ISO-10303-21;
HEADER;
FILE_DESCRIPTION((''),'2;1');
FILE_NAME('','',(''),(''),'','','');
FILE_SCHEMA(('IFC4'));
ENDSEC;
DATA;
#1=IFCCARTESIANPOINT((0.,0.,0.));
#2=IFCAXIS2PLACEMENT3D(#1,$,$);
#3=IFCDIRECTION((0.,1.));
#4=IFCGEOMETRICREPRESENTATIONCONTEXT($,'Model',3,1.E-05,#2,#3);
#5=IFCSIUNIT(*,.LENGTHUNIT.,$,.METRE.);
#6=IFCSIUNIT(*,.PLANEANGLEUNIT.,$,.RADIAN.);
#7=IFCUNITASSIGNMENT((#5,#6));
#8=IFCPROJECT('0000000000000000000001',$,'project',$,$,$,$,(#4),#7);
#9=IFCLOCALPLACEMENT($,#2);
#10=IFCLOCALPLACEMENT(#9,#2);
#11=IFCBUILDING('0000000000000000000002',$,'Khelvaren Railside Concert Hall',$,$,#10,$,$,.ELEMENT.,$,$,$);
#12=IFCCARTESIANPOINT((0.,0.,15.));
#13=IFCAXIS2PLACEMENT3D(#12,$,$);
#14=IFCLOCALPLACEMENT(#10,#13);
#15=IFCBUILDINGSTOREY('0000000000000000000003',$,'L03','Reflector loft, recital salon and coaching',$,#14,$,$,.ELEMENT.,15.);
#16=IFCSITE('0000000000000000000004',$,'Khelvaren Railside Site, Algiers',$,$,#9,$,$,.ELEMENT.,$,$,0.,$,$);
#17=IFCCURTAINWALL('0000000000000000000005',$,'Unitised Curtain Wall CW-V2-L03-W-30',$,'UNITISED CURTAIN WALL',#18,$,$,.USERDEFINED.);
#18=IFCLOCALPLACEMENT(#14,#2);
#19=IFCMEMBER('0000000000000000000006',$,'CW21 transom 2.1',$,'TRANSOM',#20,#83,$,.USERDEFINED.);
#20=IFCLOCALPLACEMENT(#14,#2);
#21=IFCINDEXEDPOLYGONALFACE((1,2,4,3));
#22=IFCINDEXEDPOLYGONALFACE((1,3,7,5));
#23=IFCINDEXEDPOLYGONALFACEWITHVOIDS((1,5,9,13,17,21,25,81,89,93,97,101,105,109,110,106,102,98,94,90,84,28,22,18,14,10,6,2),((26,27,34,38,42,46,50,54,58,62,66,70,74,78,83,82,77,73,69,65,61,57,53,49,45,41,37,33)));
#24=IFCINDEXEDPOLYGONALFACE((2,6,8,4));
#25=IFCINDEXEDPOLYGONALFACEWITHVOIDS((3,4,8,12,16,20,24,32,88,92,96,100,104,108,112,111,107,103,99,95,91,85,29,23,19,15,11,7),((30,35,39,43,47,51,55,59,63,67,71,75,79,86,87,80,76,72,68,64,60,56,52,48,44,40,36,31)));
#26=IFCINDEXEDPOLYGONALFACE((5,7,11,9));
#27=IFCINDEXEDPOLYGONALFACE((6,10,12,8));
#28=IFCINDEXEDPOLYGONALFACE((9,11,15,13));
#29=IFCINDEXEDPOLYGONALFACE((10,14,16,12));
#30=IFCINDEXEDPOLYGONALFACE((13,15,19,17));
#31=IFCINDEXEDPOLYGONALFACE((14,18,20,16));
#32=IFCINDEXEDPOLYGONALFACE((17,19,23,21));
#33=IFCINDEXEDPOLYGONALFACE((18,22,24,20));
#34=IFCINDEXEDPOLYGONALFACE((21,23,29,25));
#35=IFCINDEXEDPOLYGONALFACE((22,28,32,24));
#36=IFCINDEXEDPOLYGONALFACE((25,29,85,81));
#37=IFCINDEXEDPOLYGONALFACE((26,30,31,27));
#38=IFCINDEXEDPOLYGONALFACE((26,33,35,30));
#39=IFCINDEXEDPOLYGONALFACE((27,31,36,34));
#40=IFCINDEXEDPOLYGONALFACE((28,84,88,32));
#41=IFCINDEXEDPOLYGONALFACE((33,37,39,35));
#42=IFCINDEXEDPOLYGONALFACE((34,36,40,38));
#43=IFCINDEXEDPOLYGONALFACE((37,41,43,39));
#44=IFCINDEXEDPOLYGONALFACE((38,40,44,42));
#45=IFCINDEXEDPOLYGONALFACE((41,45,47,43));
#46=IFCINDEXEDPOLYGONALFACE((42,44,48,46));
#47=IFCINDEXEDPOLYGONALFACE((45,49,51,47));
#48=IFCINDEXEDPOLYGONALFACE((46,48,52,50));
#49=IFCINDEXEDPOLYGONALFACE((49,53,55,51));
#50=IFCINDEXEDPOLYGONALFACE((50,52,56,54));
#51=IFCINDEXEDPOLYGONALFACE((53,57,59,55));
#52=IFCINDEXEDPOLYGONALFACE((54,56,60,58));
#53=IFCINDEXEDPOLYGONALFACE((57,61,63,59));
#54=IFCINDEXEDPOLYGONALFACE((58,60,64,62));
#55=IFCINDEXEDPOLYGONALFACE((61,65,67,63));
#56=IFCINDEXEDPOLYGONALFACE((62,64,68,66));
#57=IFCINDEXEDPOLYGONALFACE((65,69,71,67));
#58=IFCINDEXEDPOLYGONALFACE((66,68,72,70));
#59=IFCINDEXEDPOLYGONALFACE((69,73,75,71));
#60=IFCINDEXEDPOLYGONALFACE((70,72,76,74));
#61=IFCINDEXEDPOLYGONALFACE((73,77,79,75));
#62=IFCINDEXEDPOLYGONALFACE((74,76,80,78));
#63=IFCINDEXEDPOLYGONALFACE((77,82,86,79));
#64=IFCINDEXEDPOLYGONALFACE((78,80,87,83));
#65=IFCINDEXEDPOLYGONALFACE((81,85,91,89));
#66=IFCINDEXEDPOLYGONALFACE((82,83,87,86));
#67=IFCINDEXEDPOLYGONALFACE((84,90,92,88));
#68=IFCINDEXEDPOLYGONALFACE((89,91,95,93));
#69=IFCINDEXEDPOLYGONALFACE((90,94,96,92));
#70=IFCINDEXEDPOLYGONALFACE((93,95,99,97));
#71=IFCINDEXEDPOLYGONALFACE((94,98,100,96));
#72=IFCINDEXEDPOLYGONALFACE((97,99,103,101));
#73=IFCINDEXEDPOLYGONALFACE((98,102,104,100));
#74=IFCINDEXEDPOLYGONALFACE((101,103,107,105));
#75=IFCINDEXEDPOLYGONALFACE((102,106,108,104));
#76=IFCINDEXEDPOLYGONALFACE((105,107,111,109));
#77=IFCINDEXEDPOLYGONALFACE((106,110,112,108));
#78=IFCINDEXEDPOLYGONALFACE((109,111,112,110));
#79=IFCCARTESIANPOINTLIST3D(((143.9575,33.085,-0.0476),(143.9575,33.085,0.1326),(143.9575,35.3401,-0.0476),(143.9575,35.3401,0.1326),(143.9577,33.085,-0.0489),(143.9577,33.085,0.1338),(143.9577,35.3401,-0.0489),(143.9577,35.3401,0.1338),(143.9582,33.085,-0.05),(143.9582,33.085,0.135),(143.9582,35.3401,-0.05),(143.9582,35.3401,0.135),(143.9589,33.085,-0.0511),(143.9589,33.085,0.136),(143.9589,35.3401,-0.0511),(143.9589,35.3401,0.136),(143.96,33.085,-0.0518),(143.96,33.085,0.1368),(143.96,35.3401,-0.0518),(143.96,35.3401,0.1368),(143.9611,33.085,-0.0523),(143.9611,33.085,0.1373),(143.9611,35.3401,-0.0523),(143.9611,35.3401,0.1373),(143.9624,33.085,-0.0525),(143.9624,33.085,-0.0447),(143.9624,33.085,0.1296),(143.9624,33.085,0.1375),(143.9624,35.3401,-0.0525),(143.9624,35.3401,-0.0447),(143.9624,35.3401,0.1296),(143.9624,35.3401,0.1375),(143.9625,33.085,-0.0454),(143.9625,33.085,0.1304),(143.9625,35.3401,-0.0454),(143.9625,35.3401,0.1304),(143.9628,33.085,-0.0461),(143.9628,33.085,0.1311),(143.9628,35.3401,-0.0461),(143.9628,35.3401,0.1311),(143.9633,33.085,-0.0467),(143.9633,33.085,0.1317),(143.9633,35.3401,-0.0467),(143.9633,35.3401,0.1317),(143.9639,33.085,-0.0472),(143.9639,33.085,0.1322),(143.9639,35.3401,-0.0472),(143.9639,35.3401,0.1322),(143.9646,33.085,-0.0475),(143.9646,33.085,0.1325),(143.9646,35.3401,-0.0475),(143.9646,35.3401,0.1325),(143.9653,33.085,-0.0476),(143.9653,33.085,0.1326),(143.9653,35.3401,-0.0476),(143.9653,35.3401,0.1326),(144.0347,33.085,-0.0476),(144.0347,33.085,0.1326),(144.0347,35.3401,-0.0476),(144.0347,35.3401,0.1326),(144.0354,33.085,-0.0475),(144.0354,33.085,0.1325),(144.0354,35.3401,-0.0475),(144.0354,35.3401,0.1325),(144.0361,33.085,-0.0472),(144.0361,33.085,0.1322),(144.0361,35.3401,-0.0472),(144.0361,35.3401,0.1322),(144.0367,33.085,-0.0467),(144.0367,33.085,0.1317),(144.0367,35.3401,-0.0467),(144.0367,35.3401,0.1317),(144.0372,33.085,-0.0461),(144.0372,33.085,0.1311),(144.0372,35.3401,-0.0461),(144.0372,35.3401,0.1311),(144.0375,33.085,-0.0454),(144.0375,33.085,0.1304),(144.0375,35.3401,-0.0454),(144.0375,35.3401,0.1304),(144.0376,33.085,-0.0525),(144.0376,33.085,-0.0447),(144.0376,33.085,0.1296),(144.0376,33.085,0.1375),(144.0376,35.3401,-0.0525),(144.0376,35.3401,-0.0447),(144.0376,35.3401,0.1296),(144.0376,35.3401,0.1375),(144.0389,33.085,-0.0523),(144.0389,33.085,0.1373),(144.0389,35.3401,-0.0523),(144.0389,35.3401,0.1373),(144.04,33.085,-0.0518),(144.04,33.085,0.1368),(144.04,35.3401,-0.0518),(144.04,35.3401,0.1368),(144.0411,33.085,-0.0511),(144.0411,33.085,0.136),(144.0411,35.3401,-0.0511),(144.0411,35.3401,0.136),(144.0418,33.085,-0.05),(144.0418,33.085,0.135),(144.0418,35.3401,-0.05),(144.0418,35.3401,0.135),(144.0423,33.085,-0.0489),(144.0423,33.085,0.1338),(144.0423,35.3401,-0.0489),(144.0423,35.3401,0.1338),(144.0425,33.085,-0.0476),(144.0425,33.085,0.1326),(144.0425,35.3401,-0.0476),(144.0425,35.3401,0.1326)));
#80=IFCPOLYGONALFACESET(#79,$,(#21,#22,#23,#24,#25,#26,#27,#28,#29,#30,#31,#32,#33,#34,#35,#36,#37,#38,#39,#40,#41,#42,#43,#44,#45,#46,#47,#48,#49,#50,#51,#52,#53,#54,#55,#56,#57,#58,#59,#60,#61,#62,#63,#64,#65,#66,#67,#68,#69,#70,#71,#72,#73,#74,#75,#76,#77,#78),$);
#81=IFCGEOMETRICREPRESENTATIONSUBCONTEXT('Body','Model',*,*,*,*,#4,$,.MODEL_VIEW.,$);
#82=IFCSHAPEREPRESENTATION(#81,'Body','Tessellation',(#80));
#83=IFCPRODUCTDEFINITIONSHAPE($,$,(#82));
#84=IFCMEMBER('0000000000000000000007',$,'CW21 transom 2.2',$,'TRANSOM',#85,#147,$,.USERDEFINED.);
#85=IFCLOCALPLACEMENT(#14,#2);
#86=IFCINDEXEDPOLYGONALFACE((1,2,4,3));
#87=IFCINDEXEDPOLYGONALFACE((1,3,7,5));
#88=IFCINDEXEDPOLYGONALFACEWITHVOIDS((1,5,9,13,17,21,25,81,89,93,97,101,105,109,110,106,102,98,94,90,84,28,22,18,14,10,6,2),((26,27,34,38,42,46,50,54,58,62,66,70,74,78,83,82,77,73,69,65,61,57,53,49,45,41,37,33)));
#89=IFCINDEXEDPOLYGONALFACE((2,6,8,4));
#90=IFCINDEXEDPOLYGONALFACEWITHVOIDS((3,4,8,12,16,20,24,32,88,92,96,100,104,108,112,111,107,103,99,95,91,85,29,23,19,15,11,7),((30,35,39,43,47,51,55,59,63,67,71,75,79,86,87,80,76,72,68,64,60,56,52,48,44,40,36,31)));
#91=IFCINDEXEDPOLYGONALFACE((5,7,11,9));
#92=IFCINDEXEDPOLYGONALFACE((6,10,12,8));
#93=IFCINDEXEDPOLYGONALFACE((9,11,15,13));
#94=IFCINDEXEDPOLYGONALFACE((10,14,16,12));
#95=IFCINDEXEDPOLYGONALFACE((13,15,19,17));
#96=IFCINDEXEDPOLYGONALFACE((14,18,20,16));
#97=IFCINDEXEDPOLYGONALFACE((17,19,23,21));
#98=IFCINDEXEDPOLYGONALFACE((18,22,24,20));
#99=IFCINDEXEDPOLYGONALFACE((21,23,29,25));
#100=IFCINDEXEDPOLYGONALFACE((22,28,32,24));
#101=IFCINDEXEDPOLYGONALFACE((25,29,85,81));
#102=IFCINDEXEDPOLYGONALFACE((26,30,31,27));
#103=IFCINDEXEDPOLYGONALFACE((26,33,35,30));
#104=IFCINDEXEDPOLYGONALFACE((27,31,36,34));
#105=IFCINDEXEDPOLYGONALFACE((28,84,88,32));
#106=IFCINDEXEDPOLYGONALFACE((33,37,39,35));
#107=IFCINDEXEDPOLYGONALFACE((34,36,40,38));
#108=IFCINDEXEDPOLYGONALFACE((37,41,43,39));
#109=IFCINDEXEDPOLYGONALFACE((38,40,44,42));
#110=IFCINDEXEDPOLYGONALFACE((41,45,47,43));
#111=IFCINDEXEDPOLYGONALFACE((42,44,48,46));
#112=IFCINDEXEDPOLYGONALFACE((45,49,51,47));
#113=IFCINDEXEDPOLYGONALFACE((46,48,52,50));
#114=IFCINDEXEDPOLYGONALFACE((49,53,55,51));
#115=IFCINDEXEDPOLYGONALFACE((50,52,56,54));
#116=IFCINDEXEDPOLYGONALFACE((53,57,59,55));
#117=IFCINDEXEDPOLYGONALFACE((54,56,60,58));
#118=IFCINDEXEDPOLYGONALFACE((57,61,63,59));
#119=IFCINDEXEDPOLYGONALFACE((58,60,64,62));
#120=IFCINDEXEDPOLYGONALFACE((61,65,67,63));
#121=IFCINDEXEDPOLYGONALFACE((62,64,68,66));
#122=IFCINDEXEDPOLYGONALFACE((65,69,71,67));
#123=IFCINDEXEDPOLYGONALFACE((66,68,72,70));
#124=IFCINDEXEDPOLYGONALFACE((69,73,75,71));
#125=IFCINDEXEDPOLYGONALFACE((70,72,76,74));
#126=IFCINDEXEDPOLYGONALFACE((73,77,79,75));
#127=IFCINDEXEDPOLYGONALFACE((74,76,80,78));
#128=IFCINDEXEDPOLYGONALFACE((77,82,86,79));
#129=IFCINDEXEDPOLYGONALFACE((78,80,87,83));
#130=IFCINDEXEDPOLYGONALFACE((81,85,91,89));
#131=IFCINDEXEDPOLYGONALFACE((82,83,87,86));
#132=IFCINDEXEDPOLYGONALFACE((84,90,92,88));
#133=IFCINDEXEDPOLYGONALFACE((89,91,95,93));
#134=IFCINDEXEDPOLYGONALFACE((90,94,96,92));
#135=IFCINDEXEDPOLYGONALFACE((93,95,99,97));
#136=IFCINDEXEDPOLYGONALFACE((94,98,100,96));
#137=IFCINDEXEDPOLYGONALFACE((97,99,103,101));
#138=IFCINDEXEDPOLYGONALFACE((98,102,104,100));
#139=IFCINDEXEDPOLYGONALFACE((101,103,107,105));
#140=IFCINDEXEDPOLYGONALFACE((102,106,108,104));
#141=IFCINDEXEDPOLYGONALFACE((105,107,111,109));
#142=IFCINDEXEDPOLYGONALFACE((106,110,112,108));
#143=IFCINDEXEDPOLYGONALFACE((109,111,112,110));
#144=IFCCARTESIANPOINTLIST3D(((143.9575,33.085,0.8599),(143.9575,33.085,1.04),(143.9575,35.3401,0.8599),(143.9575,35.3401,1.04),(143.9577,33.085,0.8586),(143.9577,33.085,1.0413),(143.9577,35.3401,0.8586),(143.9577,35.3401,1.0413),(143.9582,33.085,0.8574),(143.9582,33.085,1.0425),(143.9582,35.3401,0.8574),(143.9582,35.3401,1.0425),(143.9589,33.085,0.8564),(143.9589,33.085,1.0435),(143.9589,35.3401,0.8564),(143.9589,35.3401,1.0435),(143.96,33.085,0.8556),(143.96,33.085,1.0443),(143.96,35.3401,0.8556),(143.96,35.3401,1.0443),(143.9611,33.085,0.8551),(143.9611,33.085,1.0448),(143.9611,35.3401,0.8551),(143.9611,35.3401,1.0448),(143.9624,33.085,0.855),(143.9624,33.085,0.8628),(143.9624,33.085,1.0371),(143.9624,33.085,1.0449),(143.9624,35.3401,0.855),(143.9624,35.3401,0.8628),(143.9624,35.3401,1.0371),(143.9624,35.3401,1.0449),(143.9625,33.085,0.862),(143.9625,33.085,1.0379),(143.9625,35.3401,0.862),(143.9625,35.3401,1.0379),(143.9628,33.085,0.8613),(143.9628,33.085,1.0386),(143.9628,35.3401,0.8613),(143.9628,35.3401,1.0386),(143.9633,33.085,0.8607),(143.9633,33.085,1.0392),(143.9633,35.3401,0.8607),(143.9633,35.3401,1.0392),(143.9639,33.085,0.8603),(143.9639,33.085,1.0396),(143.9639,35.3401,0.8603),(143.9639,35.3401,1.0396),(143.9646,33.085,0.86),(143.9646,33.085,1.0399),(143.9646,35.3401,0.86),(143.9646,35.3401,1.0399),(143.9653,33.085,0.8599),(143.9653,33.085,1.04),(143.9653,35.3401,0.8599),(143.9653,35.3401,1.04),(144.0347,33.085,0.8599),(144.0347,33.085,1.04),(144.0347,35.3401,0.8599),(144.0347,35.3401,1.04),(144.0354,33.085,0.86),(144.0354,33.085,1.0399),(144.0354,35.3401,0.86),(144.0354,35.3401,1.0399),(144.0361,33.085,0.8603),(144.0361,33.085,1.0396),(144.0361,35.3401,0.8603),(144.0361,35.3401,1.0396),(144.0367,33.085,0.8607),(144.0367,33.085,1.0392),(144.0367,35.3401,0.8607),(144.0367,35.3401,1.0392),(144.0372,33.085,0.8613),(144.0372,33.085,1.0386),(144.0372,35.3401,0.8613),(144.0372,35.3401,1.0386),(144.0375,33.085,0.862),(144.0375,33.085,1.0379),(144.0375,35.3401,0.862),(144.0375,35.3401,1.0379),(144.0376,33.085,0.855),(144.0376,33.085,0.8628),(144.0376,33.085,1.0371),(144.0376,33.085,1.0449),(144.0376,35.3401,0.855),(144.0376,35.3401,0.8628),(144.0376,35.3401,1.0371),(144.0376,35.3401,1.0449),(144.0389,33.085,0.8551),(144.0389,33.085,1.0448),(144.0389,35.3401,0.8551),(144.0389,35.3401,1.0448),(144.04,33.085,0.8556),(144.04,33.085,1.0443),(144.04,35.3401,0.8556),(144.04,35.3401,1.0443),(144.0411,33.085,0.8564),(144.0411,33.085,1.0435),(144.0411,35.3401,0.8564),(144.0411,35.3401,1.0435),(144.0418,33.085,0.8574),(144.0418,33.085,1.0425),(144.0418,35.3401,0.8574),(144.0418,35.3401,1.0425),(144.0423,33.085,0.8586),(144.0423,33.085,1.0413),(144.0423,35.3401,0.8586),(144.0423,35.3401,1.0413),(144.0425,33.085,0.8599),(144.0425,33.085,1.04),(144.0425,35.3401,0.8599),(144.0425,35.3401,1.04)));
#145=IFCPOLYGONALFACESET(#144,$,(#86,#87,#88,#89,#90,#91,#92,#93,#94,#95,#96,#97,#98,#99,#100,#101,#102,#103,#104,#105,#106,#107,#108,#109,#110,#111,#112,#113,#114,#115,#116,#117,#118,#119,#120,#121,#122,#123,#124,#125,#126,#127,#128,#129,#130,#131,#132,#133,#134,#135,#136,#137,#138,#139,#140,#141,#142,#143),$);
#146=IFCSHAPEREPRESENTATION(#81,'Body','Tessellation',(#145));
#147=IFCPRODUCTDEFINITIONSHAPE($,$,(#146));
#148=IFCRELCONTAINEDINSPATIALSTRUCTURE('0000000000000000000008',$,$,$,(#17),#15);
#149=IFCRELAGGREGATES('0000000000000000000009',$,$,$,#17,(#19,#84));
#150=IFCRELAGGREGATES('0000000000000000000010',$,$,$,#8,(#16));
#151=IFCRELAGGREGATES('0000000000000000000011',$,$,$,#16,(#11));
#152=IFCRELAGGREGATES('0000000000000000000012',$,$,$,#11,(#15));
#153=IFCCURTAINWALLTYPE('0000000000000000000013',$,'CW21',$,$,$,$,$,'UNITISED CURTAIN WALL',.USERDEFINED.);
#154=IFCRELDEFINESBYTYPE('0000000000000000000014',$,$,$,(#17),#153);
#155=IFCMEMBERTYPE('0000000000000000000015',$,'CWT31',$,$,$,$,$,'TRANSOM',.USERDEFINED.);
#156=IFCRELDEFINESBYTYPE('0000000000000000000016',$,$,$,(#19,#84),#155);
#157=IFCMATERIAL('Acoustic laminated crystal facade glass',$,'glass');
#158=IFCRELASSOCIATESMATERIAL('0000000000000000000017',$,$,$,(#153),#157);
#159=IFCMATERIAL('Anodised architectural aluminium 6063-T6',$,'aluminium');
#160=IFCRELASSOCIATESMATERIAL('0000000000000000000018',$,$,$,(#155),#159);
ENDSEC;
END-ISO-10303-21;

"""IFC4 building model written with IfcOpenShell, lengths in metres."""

from ifc_helpers import new_model, si_unit, direction, frame, origin, origin_2d, place, context, subcontext, project, spatial, hollow_rectangle, extrude, material, material_profile, profile_set, type_object, element, aggregate, save


model = new_model("IFC4")

# Units and contexts
model_context = context("Model", 3, precision=1e-05, world=origin(), true_north=direction((0.0, 1.0)))
body_context = subcontext(model_context, "Body", "Model", "MODEL_VIEW")
ifc_project = project(units=[si_unit("LENGTHUNIT", "METRE"), si_unit("PLANEANGLEUNIT", "RADIAN")], contexts=[model_context])

# Site, building, storey
site_placement = place(None, origin())
site = spatial("IfcSite", under=ifc_project, at=site_placement, Name="Khelvaren Railside Site, Algiers", CompositionType="ELEMENT", RefElevation=0.0)
building_placement = place(site_placement, origin())
building = spatial("IfcBuilding", under=site, at=building_placement, Name="Khelvaren Railside Concert Hall", CompositionType="ELEMENT")
storey_placement = place(building_placement, frame((0.0, 0.0, 15.0)))
storey = spatial("IfcBuildingStorey", under=building, at=storey_placement, Name="L03", Description="Reflector loft, recital salon and coaching", CompositionType="ELEMENT", Elevation=15.0)

# Shared definitions
ifc_material_1 = material(Name="Anodised architectural aluminium 6063-T6", Category="aluminium")

# Curtain wall, members
ifc_material_2 = material(Name="Acoustic laminated crystal facade glass", Category="glass")
curtain_wall_type_1 = type_object("IfcCurtainWallType", Name="CW21", ElementType="UNITISED CURTAIN WALL", PredefinedType="USERDEFINED", material=ifc_material_2)
curtain_wall_1_placement = place(storey_placement, origin())
curtain_wall_1 = element("IfcCurtainWall", 1, at=curtain_wall_1_placement, inside=storey, type_object=curtain_wall_type_1, Name="Unitised Curtain Wall CW-V2-L03-W-30", ObjectType="UNITISED CURTAIN WALL", PredefinedType="USERDEFINED")
ifc_material_profile_1 = material_profile(ifc_material_1, hollow_rectangle(XDim=0.085, YDim=0.1899, WallThickness=0.0049, InnerFilletRadius=0.0029, OuterFilletRadius=0.0049, at=origin_2d()), Name="CWT 85x190x5")
ifc_profile_set_1 = profile_set([ifc_material_profile_1], Name="Anodised architectural aluminium 6063-T6")
member_type_1 = type_object("IfcMemberType", Name="CWT31", ElementType="TRANSOM", PredefinedType="USERDEFINED", material=ifc_profile_set_1)
member_1_placement = place(storey_placement, frame((144.0, 33.085, 0.0425), z_axis=(0.0, 1.0, 0.0), x_axis=(-1.0, 0.0, 0.0)))
member_1 = element("IfcMember", 2, at=member_1_placement, type_object=member_type_1, Name="CW21 transom 2.1", ObjectType="TRANSOM", PredefinedType="USERDEFINED", context=body_context, shape_type="SweptSolid", body=[
    extrude(hollow_rectangle(XDim=0.085, YDim=0.1899, WallThickness=0.0049, InnerFilletRadius=0.0029, OuterFilletRadius=0.0049, at=origin_2d()), origin(), (0.0, 0.0, 1.0), 2.2551),
])
member_2_placement = place(storey_placement, frame((144.0, 33.085, 0.95), z_axis=(0.0, 1.0, 0.0), x_axis=(-1.0, 0.0, 0.0)))
member_2 = element("IfcMember", 3, at=member_2_placement, type_object=member_type_1, Name="CW21 transom 2.2", ObjectType="TRANSOM", PredefinedType="USERDEFINED", context=body_context, shape_type="SweptSolid", body=[
    extrude(hollow_rectangle(XDim=0.085, YDim=0.1899, WallThickness=0.0049, InnerFilletRadius=0.0029, OuterFilletRadius=0.0049, at=origin_2d()), origin(), (0.0, 0.0, 1.0), 2.2551),
])

aggregate(curtain_wall_1, [member_1, member_2])

save(model, "model.ifc")
